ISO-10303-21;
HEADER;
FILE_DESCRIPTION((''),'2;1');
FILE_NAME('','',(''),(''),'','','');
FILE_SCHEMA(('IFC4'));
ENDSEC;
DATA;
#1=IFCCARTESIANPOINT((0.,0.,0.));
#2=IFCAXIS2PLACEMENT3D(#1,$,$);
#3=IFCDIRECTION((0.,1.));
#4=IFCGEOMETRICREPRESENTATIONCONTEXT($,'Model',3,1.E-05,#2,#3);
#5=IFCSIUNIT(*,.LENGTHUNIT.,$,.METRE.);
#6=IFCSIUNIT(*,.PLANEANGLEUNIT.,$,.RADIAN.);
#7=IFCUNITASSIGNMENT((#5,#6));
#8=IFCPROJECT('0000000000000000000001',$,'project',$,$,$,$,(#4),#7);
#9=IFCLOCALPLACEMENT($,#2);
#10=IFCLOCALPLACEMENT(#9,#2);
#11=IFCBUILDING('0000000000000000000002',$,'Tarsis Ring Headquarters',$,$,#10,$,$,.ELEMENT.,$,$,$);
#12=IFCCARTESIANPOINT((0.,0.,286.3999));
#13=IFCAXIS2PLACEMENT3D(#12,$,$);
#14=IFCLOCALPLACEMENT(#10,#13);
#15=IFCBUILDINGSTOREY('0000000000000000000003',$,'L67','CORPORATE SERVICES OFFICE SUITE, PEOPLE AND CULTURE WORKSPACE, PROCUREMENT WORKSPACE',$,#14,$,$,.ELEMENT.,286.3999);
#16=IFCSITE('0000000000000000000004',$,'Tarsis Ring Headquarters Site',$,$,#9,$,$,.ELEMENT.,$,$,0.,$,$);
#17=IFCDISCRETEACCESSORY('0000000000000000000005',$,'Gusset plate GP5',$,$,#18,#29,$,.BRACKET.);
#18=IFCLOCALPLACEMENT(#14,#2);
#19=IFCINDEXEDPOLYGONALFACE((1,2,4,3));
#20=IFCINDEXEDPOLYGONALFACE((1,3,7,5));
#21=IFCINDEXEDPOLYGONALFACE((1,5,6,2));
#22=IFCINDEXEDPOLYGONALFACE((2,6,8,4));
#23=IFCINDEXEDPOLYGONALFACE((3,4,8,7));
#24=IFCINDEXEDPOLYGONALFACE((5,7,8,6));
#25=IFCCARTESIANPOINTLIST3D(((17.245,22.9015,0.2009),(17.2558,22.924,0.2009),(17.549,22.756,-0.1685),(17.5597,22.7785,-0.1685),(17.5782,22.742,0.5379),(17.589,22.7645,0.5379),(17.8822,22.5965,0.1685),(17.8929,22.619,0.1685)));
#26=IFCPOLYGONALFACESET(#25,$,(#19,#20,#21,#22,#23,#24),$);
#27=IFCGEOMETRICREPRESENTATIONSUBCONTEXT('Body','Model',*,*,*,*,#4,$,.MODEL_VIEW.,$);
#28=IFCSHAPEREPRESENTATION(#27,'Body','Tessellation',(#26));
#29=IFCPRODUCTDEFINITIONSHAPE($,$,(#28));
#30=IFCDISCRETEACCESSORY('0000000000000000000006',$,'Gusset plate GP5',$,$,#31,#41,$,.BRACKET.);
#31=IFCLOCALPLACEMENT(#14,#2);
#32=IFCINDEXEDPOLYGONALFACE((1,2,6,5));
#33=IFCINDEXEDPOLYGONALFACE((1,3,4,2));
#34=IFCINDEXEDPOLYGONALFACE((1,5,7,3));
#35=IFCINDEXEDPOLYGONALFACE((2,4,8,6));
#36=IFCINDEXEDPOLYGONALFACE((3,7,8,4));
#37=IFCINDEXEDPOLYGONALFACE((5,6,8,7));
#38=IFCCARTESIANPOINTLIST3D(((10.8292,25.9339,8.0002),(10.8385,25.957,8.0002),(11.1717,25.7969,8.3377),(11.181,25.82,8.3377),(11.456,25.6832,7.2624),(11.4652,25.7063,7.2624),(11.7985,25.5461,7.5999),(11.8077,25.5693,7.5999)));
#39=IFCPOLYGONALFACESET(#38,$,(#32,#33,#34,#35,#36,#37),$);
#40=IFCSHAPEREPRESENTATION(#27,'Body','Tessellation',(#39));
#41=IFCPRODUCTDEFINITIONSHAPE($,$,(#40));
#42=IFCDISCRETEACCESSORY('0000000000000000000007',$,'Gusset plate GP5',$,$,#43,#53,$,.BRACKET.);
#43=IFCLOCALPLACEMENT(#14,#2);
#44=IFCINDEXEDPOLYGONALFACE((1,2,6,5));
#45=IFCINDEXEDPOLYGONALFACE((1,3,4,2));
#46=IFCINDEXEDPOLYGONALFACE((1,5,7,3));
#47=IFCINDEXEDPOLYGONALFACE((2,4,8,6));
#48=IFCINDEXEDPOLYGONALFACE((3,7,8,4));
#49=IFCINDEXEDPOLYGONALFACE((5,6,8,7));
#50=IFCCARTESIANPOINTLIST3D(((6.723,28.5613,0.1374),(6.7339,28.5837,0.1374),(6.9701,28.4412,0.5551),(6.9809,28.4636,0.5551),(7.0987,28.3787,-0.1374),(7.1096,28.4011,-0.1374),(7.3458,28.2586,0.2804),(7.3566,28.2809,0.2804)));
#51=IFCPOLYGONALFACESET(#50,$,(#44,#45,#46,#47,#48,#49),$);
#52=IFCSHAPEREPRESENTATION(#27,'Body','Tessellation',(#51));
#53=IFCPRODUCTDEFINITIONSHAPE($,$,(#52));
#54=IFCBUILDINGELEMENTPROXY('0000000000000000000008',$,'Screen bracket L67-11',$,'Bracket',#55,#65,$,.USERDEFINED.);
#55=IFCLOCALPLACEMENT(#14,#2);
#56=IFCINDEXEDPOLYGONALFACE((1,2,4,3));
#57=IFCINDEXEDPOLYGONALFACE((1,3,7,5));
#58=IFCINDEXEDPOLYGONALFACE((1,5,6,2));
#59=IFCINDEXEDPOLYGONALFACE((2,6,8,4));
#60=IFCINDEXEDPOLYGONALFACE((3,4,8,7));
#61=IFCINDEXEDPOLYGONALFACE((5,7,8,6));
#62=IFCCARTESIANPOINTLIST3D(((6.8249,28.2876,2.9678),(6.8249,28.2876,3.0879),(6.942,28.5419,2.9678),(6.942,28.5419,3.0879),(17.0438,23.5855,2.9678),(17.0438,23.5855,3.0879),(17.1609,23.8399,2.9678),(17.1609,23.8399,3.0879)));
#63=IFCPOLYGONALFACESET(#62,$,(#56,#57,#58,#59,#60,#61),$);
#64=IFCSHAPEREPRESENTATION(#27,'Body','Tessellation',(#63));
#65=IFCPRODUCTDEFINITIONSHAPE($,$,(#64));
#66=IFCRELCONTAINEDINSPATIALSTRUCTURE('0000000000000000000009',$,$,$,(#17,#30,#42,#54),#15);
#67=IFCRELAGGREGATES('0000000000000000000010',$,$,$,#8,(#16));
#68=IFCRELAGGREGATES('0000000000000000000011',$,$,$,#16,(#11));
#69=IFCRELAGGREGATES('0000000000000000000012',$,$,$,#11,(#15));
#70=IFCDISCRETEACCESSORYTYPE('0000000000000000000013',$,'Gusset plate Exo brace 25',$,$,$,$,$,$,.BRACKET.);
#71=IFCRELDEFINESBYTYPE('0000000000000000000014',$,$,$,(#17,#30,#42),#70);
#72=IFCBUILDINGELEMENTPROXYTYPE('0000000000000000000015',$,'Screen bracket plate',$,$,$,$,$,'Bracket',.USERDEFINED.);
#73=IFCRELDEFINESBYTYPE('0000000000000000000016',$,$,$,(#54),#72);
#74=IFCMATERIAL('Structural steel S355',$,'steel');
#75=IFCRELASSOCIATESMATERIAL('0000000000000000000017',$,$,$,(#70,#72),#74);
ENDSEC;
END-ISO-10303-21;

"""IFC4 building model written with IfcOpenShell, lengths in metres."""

from ifc_helpers import new_model, si_unit, direction, frame, origin, origin_2d, place, context, subcontext, project, spatial, rectangle, extrude, material, material_profile, profile_set, type_object, element, save


model = new_model("IFC4")

# Units and contexts
model_context = context("Model", 3, precision=1e-05, world=origin(), true_north=direction((0.0, 1.0)))
body_context = subcontext(model_context, "Body", "Model", "MODEL_VIEW")
ifc_project = project(units=[si_unit("LENGTHUNIT", "METRE"), si_unit("PLANEANGLEUNIT", "RADIAN")], contexts=[model_context])

# Site, building, storey
site_placement = place(None, origin())
site = spatial("IfcSite", under=ifc_project, at=site_placement, Name="Tarsis Ring Headquarters Site", CompositionType="ELEMENT", RefElevation=0.0)
building_placement = place(site_placement, origin())
building = spatial("IfcBuilding", under=site, at=building_placement, Name="Tarsis Ring Headquarters", CompositionType="ELEMENT")
storey_placement = place(building_placement, frame((0.0, 0.0, 286.3999)))
storey = spatial("IfcBuildingStorey", under=building, at=storey_placement, Name="L67", Description="CORPORATE SERVICES OFFICE SUITE, PEOPLE AND CULTURE WORKSPACE, PROCUREMENT WORKSPACE", CompositionType="ELEMENT", Elevation=286.3999)

# Shared definitions
ifc_material_1 = material(Name="Structural steel S355", Category="steel")

# Discrete accessories
ifc_material_profile_1 = material_profile(ifc_material_1, rectangle(XDim=0.0249, YDim=0.5, at=origin_2d()), Name="PL 25x500")
ifc_profile_set_1 = profile_set([ifc_material_profile_1], Name="Structural steel S355")
discrete_accessory_type = type_object("IfcDiscreteAccessoryType", Name="Gusset plate Exo brace 25", PredefinedType="BRACKET", material=ifc_profile_set_1)
discrete_accessory_1_placement = place(storey_placement, frame((17.7209, 22.6875, 0.0), z_axis=(-0.607902, 0.291012, 0.73876), x_axis=(-0.431789, -0.901975, 0.0)))
element("IfcDiscreteAccessory", 1, at=discrete_accessory_1_placement, inside=storey, type_object=discrete_accessory_type, Name="Gusset plate GP5", PredefinedType="BRACKET", context=body_context, shape_type="SweptSolid", body=[
    extrude(rectangle(XDim=0.0249, YDim=0.5, at=origin_2d()), origin(), (0.0, 0.0, 1.0), 0.5),
])
discrete_accessory_2_placement = place(storey_placement, frame((11.6318, 25.6262, 7.4312), z_axis=(-0.626719, 0.250736, 0.737804), x_axis=(-0.371453, -0.928452, 0.0)))
element("IfcDiscreteAccessory", 2, at=discrete_accessory_2_placement, inside=storey, type_object=discrete_accessory_type, Name="Gusset plate GP5", PredefinedType="BRACKET", context=body_context, shape_type="SweptSolid", body=[
    extrude(rectangle(XDim=0.0249, YDim=0.5, at=origin_2d()), origin(), (0.0, 0.0, 1.0), 1.0),
])
discrete_accessory_3_placement = place(storey_placement, frame((6.9163, 28.4812, 0.0), z_axis=(0.494174, -0.240251, 0.835506), x_axis=(0.437233, 0.899348, 0.0)))
element("IfcDiscreteAccessory", 3, at=discrete_accessory_3_placement, inside=storey, type_object=discrete_accessory_type, Name="Gusset plate GP5", PredefinedType="BRACKET", context=body_context, shape_type="SweptSolid", body=[
    extrude(rectangle(XDim=0.0249, YDim=0.5, at=origin_2d()), origin(), (0.0, 0.0, 1.0), 0.5),
])

# Building element proxy
building_element_proxy_type = type_object("IfcBuildingElementProxyType", Name="Screen bracket plate", ElementType="Bracket", PredefinedType="USERDEFINED", material=ifc_material_1)
proxy_placement = place(storey_placement, frame((11.9929, 26.0637, 2.9678), z_axis=(0.0, 0.0, 1.0), x_axis=(-0.908444, 0.418006, 0.0)))
element("IfcBuildingElementProxy", 4, at=proxy_placement, inside=storey, type_object=building_element_proxy_type, Name="Screen bracket L67-11", ObjectType="Bracket", PredefinedType="USERDEFINED", context=body_context, shape_type="SweptSolid", body=[
    extrude(rectangle(XDim=11.2488, YDim=0.28, at=origin_2d()), origin(), (0.0, 0.0, 1.0), 0.1201),
])

save(model, "model.ifc")
